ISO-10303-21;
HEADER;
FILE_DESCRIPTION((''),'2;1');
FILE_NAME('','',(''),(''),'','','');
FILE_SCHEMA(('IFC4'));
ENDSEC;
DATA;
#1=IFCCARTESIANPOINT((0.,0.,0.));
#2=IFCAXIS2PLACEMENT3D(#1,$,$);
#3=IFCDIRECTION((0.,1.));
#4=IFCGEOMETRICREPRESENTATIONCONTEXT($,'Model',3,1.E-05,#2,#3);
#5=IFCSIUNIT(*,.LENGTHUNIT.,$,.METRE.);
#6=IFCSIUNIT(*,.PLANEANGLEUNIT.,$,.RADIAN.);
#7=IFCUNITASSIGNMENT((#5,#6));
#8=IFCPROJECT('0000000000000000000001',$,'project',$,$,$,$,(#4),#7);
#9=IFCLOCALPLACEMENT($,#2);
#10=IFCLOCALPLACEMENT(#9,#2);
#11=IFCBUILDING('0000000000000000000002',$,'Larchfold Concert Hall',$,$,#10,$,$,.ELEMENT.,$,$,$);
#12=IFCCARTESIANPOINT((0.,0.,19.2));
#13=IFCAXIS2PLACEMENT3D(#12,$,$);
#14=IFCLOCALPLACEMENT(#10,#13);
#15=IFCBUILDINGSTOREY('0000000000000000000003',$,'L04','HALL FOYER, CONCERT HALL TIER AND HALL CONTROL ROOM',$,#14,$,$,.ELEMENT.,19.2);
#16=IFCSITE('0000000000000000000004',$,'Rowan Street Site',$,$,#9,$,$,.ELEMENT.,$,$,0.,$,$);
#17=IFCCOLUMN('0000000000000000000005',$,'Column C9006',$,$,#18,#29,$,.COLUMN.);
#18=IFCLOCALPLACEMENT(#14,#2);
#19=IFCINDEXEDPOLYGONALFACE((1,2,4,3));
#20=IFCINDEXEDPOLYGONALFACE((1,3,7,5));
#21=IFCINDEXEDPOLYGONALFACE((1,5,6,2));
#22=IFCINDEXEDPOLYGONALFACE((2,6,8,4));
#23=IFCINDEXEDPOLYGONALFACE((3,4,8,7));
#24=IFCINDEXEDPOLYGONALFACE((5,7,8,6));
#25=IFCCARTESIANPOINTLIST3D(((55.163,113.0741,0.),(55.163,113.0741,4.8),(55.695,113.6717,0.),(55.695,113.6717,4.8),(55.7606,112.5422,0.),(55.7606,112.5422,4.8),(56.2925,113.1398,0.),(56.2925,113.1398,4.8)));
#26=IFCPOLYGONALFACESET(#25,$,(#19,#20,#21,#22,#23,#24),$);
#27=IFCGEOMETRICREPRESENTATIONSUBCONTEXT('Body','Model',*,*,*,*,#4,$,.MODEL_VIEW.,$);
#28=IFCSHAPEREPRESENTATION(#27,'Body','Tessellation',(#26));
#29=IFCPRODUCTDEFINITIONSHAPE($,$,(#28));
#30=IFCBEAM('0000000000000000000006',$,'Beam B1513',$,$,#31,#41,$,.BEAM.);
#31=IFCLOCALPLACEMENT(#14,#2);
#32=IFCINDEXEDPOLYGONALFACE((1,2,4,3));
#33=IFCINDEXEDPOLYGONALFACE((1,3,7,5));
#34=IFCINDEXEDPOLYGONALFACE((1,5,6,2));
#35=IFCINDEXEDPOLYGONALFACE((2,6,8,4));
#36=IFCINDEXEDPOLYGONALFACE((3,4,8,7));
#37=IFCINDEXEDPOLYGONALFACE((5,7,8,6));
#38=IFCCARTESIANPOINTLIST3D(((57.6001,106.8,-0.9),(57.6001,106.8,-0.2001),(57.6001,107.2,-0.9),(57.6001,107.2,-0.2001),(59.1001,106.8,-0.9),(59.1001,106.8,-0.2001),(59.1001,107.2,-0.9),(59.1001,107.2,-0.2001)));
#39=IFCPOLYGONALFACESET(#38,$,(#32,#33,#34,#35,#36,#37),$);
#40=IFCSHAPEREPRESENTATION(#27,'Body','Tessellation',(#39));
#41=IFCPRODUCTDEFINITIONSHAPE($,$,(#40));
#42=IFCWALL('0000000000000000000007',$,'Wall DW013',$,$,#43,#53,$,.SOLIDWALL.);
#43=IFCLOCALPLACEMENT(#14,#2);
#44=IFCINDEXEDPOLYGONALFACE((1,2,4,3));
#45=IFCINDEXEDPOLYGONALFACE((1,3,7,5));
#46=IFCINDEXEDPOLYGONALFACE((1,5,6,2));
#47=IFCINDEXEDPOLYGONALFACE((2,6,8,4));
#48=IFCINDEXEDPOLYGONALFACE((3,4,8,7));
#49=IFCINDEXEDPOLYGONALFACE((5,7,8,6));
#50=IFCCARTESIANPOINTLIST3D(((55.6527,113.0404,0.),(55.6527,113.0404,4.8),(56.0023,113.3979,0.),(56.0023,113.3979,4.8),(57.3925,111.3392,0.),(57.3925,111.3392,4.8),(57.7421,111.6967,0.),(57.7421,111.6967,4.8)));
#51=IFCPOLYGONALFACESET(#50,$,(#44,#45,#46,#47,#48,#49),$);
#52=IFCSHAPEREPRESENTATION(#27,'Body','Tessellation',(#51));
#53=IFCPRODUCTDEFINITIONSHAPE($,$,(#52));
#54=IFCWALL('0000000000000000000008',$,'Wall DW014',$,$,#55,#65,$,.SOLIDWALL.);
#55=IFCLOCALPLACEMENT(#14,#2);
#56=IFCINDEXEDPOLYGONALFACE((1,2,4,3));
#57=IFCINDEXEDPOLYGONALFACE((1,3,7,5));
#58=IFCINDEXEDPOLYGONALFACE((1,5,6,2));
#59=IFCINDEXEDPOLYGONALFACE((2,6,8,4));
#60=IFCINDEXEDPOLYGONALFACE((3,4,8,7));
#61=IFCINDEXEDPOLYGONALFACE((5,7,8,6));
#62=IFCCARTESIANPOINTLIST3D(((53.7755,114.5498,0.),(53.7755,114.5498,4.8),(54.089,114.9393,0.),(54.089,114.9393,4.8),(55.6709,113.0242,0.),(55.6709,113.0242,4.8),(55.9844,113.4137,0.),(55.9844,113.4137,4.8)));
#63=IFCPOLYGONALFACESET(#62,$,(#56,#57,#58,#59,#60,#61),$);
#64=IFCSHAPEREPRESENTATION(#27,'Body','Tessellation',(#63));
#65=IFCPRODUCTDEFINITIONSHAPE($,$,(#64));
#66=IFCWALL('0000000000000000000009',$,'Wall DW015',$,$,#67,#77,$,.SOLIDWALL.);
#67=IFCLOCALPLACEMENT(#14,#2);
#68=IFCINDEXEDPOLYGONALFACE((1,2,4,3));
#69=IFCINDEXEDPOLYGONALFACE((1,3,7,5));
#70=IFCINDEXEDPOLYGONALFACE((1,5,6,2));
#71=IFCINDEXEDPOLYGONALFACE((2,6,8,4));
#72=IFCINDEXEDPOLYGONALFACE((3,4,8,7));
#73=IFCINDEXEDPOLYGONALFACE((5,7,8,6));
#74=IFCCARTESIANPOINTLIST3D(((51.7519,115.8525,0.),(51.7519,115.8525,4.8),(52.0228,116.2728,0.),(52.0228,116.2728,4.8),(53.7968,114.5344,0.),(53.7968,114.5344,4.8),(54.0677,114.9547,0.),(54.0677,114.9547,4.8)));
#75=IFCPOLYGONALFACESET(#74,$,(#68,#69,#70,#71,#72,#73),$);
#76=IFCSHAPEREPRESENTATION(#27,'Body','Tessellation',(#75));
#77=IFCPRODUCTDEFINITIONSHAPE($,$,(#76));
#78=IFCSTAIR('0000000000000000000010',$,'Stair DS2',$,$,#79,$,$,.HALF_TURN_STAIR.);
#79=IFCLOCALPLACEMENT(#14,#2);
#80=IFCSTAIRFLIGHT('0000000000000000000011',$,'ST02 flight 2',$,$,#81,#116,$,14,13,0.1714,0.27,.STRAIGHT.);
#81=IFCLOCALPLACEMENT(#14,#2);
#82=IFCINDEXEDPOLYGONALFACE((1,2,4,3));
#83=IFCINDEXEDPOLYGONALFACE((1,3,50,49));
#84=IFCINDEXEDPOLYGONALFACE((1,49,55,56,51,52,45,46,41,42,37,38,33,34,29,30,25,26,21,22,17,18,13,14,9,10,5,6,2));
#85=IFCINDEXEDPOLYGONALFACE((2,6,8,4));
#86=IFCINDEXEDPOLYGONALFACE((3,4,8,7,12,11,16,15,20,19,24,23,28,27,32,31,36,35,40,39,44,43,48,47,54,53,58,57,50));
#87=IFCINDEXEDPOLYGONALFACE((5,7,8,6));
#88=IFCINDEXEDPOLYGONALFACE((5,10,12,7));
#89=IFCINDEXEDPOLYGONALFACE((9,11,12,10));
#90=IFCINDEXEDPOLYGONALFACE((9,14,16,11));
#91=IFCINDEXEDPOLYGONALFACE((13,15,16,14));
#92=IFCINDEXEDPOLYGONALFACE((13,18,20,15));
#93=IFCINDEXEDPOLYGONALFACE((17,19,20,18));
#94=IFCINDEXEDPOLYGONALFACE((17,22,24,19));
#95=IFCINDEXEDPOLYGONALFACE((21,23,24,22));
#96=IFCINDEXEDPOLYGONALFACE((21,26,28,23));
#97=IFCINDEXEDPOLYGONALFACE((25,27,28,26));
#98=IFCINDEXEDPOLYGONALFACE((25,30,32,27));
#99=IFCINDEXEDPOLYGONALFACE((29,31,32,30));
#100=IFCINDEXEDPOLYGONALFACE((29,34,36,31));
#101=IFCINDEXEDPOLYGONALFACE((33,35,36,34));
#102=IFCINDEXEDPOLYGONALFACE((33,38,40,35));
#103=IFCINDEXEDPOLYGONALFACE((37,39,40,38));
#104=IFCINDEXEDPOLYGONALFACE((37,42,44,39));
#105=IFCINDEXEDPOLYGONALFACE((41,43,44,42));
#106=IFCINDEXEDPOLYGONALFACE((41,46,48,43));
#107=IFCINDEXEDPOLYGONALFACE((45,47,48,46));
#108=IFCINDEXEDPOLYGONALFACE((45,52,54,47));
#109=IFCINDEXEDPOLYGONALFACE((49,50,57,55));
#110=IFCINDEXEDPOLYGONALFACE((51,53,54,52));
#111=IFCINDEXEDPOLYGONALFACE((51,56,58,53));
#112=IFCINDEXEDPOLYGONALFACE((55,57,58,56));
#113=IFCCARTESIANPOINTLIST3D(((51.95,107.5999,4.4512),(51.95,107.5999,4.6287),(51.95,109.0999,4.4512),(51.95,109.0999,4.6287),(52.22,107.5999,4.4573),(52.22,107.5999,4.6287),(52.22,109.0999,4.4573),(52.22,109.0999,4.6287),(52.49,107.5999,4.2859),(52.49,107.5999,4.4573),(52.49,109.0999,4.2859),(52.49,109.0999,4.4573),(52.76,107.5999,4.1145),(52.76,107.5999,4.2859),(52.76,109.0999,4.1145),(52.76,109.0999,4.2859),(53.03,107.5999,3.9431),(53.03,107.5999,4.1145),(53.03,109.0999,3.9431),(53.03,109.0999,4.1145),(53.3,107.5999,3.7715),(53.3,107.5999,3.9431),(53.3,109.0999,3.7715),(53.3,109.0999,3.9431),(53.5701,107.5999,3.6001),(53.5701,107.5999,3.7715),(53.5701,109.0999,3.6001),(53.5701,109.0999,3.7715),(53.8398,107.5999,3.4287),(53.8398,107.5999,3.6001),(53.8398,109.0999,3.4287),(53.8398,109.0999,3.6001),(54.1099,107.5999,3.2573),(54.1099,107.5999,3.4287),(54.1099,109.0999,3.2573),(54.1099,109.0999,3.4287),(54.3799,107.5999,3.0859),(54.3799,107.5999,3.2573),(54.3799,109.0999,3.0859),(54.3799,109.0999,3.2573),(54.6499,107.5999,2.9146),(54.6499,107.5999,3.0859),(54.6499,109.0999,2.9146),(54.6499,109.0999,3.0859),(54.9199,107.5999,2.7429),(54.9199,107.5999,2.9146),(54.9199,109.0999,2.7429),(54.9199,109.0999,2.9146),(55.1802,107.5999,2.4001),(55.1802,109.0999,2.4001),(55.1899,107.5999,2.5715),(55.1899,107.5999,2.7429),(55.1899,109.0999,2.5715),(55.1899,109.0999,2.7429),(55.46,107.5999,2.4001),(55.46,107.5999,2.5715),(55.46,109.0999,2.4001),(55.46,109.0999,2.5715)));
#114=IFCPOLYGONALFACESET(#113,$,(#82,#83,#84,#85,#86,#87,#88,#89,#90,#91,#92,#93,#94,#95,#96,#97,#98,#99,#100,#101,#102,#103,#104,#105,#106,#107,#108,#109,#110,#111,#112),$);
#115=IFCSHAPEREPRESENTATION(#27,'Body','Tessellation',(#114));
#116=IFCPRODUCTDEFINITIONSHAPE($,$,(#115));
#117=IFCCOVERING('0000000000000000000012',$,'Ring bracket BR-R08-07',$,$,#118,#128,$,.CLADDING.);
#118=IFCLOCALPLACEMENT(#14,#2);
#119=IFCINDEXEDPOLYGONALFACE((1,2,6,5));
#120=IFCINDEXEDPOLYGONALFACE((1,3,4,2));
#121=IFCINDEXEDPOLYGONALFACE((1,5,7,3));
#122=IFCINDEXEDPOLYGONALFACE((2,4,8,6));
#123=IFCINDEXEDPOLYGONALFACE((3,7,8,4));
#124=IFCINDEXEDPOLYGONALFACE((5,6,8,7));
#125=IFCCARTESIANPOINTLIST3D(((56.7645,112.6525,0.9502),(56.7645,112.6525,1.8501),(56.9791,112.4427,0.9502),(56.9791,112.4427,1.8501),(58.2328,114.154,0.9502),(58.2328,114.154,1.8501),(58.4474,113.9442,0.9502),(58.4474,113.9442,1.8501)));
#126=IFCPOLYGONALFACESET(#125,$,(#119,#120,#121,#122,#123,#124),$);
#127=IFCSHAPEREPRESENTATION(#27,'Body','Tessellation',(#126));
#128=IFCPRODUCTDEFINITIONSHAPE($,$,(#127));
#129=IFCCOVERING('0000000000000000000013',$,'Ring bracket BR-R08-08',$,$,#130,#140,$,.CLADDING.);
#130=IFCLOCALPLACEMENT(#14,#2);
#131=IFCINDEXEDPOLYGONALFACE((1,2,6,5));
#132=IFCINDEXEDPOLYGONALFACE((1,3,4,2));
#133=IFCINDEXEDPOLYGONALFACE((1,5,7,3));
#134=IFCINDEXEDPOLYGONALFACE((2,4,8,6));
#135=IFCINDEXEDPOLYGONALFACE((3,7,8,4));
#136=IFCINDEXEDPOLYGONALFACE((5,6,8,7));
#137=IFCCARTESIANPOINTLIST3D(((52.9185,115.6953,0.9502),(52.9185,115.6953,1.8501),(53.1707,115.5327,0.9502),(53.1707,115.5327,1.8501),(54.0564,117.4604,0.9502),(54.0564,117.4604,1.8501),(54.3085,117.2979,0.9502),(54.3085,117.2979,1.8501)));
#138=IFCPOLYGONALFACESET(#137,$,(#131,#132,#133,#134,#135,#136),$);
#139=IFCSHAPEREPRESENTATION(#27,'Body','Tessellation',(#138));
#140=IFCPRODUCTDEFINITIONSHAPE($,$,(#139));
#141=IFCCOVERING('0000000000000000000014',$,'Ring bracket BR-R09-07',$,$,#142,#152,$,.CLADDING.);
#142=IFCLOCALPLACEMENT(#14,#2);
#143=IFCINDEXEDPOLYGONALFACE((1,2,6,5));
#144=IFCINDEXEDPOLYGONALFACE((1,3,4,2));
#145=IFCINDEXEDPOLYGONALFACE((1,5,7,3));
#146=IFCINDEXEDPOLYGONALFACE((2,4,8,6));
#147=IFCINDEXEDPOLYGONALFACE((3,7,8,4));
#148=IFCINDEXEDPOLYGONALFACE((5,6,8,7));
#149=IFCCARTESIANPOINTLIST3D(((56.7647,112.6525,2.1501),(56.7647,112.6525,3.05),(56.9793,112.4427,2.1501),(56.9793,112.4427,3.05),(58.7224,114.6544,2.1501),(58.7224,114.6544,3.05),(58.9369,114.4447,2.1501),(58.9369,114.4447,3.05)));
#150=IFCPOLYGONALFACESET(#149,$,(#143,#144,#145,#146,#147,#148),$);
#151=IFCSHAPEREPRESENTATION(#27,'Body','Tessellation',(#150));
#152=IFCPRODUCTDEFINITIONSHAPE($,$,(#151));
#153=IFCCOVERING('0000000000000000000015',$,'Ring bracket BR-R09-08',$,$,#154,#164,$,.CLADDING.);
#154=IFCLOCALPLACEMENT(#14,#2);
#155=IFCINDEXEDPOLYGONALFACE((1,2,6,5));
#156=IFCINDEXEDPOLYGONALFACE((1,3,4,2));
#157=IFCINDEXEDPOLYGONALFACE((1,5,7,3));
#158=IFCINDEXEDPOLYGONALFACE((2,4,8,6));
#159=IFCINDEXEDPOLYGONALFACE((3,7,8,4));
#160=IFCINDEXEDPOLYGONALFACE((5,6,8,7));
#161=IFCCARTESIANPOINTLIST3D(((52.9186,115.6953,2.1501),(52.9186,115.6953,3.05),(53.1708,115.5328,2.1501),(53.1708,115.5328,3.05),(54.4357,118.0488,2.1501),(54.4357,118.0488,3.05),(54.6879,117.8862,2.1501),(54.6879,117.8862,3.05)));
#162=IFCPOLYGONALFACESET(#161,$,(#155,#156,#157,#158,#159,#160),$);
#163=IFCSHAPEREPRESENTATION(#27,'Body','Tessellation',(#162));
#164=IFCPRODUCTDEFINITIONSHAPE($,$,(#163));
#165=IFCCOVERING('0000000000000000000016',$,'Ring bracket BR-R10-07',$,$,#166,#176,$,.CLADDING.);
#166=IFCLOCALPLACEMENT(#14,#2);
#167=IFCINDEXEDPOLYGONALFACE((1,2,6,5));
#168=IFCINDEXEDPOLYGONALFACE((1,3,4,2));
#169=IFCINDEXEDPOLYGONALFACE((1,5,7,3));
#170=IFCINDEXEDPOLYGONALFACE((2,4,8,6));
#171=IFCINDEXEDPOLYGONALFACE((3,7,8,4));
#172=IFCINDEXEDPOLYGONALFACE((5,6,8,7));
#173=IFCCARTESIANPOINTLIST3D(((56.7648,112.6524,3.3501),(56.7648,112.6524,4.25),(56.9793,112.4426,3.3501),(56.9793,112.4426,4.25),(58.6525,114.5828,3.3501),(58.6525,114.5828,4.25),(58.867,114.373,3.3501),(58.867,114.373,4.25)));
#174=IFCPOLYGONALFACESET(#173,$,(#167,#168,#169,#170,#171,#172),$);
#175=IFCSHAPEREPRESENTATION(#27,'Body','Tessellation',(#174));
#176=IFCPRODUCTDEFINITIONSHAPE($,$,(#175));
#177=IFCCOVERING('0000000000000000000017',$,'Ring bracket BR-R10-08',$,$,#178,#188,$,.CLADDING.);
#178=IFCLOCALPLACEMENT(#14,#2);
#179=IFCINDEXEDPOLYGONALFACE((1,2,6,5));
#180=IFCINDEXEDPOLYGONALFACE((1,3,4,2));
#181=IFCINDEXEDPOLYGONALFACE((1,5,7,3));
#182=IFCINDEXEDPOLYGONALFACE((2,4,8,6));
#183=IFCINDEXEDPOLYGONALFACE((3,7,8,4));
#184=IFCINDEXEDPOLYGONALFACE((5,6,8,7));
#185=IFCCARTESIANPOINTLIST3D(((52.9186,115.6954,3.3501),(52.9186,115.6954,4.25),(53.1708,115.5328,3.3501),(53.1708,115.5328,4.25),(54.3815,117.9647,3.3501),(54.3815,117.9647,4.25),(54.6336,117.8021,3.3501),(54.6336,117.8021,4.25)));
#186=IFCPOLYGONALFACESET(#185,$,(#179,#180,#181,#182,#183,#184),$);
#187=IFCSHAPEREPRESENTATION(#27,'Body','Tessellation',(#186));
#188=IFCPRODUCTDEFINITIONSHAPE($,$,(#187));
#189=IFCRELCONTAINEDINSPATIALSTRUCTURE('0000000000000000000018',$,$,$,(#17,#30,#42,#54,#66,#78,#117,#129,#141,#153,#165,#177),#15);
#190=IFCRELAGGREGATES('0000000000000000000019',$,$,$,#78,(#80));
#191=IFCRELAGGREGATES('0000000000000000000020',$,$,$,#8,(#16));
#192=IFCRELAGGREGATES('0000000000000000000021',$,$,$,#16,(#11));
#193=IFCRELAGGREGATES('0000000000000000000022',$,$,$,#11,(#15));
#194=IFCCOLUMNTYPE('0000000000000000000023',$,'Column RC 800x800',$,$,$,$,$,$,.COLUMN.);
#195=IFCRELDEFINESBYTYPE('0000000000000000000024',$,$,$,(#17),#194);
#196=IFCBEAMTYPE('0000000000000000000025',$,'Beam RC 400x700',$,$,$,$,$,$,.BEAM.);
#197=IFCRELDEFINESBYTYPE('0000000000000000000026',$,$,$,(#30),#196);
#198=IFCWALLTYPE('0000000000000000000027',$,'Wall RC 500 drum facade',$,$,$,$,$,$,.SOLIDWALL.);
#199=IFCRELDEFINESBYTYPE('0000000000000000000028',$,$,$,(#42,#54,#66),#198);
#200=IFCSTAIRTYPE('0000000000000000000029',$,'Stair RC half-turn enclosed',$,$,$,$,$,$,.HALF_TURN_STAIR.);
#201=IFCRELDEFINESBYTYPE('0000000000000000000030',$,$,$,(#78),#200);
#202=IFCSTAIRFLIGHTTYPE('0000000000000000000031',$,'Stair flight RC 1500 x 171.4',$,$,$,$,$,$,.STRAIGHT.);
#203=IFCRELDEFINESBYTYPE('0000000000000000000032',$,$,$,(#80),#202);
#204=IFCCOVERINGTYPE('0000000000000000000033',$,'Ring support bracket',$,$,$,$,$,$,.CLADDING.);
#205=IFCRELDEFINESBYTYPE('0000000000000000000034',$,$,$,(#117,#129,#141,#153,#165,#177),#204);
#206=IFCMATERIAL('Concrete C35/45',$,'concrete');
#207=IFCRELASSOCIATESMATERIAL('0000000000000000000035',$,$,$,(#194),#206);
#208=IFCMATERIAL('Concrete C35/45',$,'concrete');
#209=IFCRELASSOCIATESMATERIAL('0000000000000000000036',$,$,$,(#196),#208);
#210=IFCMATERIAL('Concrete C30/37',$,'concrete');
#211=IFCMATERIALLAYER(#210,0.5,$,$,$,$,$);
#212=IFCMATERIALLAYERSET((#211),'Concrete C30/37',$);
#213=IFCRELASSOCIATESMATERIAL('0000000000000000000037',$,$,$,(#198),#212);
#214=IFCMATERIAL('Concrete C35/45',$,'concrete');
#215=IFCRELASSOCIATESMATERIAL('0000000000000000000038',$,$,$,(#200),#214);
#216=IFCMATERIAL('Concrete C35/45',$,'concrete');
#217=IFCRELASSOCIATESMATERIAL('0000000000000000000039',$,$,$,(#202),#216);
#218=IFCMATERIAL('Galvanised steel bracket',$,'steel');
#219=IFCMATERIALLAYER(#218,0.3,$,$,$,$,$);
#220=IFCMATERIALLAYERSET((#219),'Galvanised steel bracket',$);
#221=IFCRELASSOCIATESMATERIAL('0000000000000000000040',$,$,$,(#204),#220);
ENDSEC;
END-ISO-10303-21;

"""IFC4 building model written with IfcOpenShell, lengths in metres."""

from ifc_helpers import new_model, si_unit, direction, frame, frame_2d, origin, origin_2d, place, context, subcontext, project, spatial, polyline, rectangle, outline, extrude, material, layer, layer_set, material_profile, profile_set, type_object, element, aggregate, save


model = new_model("IFC4")

# Units and contexts
model_context = context("Model", 3, precision=1e-05, world=origin(), true_north=direction((0.0, 1.0)))
body_context = subcontext(model_context, "Body", "Model", "MODEL_VIEW")
ifc_project = project(units=[si_unit("LENGTHUNIT", "METRE"), si_unit("PLANEANGLEUNIT", "RADIAN")], contexts=[model_context])

# Site, building, storey
site_placement = place(None, origin())
site = spatial("IfcSite", under=ifc_project, at=site_placement, Name="Rowan Street Site", CompositionType="ELEMENT", RefElevation=0.0)
building_placement = place(site_placement, origin())
building = spatial("IfcBuilding", under=site, at=building_placement, Name="Larchfold Concert Hall", CompositionType="ELEMENT")
storey_placement = place(building_placement, frame((0.0, 0.0, 19.2)))
storey = spatial("IfcBuildingStorey", under=building, at=storey_placement, Name="L04", Description="HALL FOYER, CONCERT HALL TIER AND HALL CONTROL ROOM", CompositionType="ELEMENT", Elevation=19.2)

# Column
ifc_material_1 = material(Name="Concrete C35/45", Category="concrete")
ifc_material_profile_1 = material_profile(ifc_material_1, rectangle(XDim=0.8, YDim=0.8, at=origin_2d()))
ifc_profile_set_1 = profile_set([ifc_material_profile_1], Name="Concrete C35/45")
column_type = type_object("IfcColumnType", Name="Column RC 800x800", PredefinedType="COLUMN", material=ifc_profile_set_1)
column_placement = place(storey_placement, frame((55.7278, 113.1069, 0.0), z_axis=(0.0, 0.0, 1.0), x_axis=(0.664882, 0.746949, 0.0)))
element("IfcColumn", 1, at=column_placement, inside=storey, type_object=column_type, Name="Column C9006", PredefinedType="COLUMN", context=body_context, shape_type="SweptSolid", body=[
    extrude(rectangle(XDim=0.8, YDim=0.8, at=origin_2d()), origin(), (0.0, 0.0, 1.0), 4.8),
])

# Beam
ifc_material_2 = material(Name="Concrete C35/45", Category="concrete")
ifc_material_profile_2 = material_profile(ifc_material_2, rectangle(XDim=0.3999, YDim=0.7, at=origin_2d()))
ifc_profile_set_2 = profile_set([ifc_material_profile_2], Name="Concrete C35/45")
beam_type = type_object("IfcBeamType", Name="Beam RC 400x700", PredefinedType="BEAM", material=ifc_profile_set_2)
beam_placement = place(storey_placement, frame((57.6001, 107.0, -0.55), z_axis=(1.0, 0.0, 0.0), x_axis=(0.0, 1.0, 0.0)))
element("IfcBeam", 2, at=beam_placement, inside=storey, type_object=beam_type, Name="Beam B1513", PredefinedType="BEAM", context=body_context, shape_type="SweptSolid", body=[
    extrude(rectangle(XDim=0.3999, YDim=0.7, at=origin_2d()), origin(), (0.0, 0.0, 1.0), 1.5),
])

# Walls
ifc_material_3 = material(Name="Concrete C30/37", Category="concrete")
ifc_layer_1 = layer(ifc_material_3, 0.5)
ifc_layer_set_1 = layer_set([ifc_layer_1], Name="Concrete C30/37")
wall_type = type_object("IfcWallType", Name="Wall RC 500 drum facade", PredefinedType="SOLIDWALL", material=ifc_layer_set_1)
wall_1_placement = place(storey_placement, frame((57.5674, 111.5178, 0.0), z_axis=(0.0, 0.0, 1.0), x_axis=(-0.714989, 0.699136, 0.0)))
element("IfcWall", 3, at=wall_1_placement, inside=storey, type_object=wall_type, Name="Wall DW013", PredefinedType="SOLIDWALL", context=body_context, shape_type="SweptSolid", body=[
    extrude(rectangle(XDim=2.4333, YDim=0.5, at=frame_2d((1.2168, 0.0))), origin(), (0.0, 0.0, 1.0), 4.8),
])
wall_2_placement = place(storey_placement, frame((55.8276, 113.219, 0.0), z_axis=(0.0, 0.0, 1.0), x_axis=(-0.779015, 0.627005, 0.0)))
element("IfcWall", 4, at=wall_2_placement, inside=storey, type_object=wall_type, Name="Wall DW014", PredefinedType="SOLIDWALL", context=body_context, shape_type="SweptSolid", body=[
    extrude(rectangle(XDim=2.4331, YDim=0.5, at=frame_2d((1.2166, 0.0))), origin(), (0.0, 0.0, 1.0), 4.8),
])
wall_3_placement = place(storey_placement, frame((53.9321, 114.7446, 0.0), z_axis=(0.0, 0.0, 1.0), x_axis=(-0.840519, 0.541782, 0.0)))
element("IfcWall", 5, at=wall_3_placement, inside=storey, type_object=wall_type, Name="Wall DW015", PredefinedType="SOLIDWALL", context=body_context, shape_type="SweptSolid", body=[
    extrude(rectangle(XDim=2.4329, YDim=0.5, at=frame_2d((1.2163, 0.0))), origin(), (0.0, 0.0, 1.0), 4.8),
])

# Stair, stair flight
ifc_material_4 = material(Name="Concrete C35/45", Category="concrete")
stair_type = type_object("IfcStairType", Name="Stair RC half-turn enclosed", PredefinedType="HALF_TURN_STAIR", material=ifc_material_4)
stair_placement = place(storey_placement, origin())
stair = element("IfcStair", 6, at=stair_placement, inside=storey, type_object=stair_type, Name="Stair DS2", PredefinedType="HALF_TURN_STAIR")
ifc_material_5 = material(Name="Concrete C35/45", Category="concrete")
stair_flight_type = type_object("IfcStairFlightType", Name="Stair flight RC 1500 x 171.4", PredefinedType="STRAIGHT", material=ifc_material_5)
stair_flight_placement = place(storey_placement, frame((55.46, 108.3499, 2.4001), z_axis=(0.0, 0.0, 1.0), x_axis=(-1.0, 0.0, 0.0)))
stair_flight = element("IfcStairFlight", 7, at=stair_flight_placement, type_object=stair_flight_type, Name="ST02 flight 2", NumberOfRisers=14, NumberOfTreads=13, PredefinedType="STRAIGHT", RiserHeight=0.1714, TreadLength=0.27, context=body_context, shape_type="SweptSolid", body=[
    extrude(outline(polyline([(0.0, 0.0), (0.0, 0.1714), (0.27, 0.1714), (0.27, 0.3428), (0.54, 0.3428), (0.54, 0.5144), (0.8101, 0.5144), (0.8101, 0.6858), (1.0801, 0.6858), (1.0801, 0.8572), (1.3501, 0.8572), (1.3501, 1.0286), (1.6201, 1.0286), (1.6201, 1.2), (1.8899, 1.2), (1.8899, 1.3713), (2.1599, 1.3713), (2.1599, 1.543), (2.4299, 1.543), (2.4299, 1.7144), (2.7, 1.7144), (2.7, 1.8857), (2.97, 1.8857), (2.97, 2.0571), (3.24, 2.0571), (3.24, 2.2285), (3.51, 2.2285), (3.51, 2.3999), (3.51, 2.051), (0.2798, 0.0), (0.0, 0.0)])), frame((0.0, 0.75, 0.0), z_axis=(0.0, -1.0, 0.0), x_axis=(1.0, 0.0, 0.0)), (0.0, 0.0, 1.0), 1.5),
])
aggregate(stair, [stair_flight])

# Coverings
ifc_material_6 = material(Name="Galvanised steel bracket", Category="steel")
ifc_layer_2 = layer(ifc_material_6, 0.3)
ifc_layer_set_2 = layer_set([ifc_layer_2], Name="Galvanised steel bracket")
covering_type = type_object("IfcCoveringType", Name="Ring support bracket", PredefinedType="CLADDING", material=ifc_layer_set_2)
for number, where, z_axis, x_axis, name in (
    (8, (57.606, 113.2983, 0.9502), (0.0, 0.0, 1.0), (0.699161, 0.714965, 0.0), "Ring bracket BR-R08-07"),
    (9, (53.6135, 116.4966, 0.9502), (0.0, 0.0, 1.0), (0.54181, 0.840501, 0.0), "Ring bracket BR-R08-08"),
):
    element("IfcCovering", number, at=place(storey_placement, frame(where, z_axis=z_axis, x_axis=x_axis)), inside=storey, type_object=covering_type, Name=name, PredefinedType="CLADDING", context=body_context, shape_type="SweptSolid", body=[
        extrude(rectangle(XDim=2.1001, YDim=0.3, at=origin_2d()), origin(), (0.0, 0.0, 1.0), 0.8999),
    ])
for number, where, z_axis, x_axis, name in (
    (10, (57.8508, 113.5486, 2.1501), (0.0, 0.0, 1.0), (0.699161, 0.714965, 0.0), "Ring bracket BR-R09-07"),
    (11, (53.8032, 116.7908, 2.1501), (0.0, 0.0, 1.0), (0.54181, 0.840501, 0.0), "Ring bracket BR-R09-08"),
):
    element("IfcCovering", number, at=place(storey_placement, frame(where, z_axis=z_axis, x_axis=x_axis)), inside=storey, type_object=covering_type, Name=name, PredefinedType="CLADDING", context=body_context, shape_type="SweptSolid", body=[
        extrude(rectangle(XDim=2.8, YDim=0.3, at=origin_2d()), origin(), (0.0, 0.0, 1.0), 0.8999),
    ])
for number, where, z_axis, x_axis, name in (
    (12, (57.8159, 113.5127, 3.3501), (0.0, 0.0, 1.0), (0.699161, 0.714965, 0.0), "Ring bracket BR-R10-07"),
    (13, (53.7761, 116.7488, 3.3501), (0.0, 0.0, 1.0), (0.54181, 0.840501, 0.0), "Ring bracket BR-R10-08"),
):
    element("IfcCovering", number, at=place(storey_placement, frame(where, z_axis=z_axis, x_axis=x_axis)), inside=storey, type_object=covering_type, Name=name, PredefinedType="CLADDING", context=body_context, shape_type="SweptSolid", body=[
        extrude(rectangle(XDim=2.7, YDim=0.3, at=origin_2d()), origin(), (0.0, 0.0, 1.0), 0.8999),
    ])

save(model, "model.ifc")
